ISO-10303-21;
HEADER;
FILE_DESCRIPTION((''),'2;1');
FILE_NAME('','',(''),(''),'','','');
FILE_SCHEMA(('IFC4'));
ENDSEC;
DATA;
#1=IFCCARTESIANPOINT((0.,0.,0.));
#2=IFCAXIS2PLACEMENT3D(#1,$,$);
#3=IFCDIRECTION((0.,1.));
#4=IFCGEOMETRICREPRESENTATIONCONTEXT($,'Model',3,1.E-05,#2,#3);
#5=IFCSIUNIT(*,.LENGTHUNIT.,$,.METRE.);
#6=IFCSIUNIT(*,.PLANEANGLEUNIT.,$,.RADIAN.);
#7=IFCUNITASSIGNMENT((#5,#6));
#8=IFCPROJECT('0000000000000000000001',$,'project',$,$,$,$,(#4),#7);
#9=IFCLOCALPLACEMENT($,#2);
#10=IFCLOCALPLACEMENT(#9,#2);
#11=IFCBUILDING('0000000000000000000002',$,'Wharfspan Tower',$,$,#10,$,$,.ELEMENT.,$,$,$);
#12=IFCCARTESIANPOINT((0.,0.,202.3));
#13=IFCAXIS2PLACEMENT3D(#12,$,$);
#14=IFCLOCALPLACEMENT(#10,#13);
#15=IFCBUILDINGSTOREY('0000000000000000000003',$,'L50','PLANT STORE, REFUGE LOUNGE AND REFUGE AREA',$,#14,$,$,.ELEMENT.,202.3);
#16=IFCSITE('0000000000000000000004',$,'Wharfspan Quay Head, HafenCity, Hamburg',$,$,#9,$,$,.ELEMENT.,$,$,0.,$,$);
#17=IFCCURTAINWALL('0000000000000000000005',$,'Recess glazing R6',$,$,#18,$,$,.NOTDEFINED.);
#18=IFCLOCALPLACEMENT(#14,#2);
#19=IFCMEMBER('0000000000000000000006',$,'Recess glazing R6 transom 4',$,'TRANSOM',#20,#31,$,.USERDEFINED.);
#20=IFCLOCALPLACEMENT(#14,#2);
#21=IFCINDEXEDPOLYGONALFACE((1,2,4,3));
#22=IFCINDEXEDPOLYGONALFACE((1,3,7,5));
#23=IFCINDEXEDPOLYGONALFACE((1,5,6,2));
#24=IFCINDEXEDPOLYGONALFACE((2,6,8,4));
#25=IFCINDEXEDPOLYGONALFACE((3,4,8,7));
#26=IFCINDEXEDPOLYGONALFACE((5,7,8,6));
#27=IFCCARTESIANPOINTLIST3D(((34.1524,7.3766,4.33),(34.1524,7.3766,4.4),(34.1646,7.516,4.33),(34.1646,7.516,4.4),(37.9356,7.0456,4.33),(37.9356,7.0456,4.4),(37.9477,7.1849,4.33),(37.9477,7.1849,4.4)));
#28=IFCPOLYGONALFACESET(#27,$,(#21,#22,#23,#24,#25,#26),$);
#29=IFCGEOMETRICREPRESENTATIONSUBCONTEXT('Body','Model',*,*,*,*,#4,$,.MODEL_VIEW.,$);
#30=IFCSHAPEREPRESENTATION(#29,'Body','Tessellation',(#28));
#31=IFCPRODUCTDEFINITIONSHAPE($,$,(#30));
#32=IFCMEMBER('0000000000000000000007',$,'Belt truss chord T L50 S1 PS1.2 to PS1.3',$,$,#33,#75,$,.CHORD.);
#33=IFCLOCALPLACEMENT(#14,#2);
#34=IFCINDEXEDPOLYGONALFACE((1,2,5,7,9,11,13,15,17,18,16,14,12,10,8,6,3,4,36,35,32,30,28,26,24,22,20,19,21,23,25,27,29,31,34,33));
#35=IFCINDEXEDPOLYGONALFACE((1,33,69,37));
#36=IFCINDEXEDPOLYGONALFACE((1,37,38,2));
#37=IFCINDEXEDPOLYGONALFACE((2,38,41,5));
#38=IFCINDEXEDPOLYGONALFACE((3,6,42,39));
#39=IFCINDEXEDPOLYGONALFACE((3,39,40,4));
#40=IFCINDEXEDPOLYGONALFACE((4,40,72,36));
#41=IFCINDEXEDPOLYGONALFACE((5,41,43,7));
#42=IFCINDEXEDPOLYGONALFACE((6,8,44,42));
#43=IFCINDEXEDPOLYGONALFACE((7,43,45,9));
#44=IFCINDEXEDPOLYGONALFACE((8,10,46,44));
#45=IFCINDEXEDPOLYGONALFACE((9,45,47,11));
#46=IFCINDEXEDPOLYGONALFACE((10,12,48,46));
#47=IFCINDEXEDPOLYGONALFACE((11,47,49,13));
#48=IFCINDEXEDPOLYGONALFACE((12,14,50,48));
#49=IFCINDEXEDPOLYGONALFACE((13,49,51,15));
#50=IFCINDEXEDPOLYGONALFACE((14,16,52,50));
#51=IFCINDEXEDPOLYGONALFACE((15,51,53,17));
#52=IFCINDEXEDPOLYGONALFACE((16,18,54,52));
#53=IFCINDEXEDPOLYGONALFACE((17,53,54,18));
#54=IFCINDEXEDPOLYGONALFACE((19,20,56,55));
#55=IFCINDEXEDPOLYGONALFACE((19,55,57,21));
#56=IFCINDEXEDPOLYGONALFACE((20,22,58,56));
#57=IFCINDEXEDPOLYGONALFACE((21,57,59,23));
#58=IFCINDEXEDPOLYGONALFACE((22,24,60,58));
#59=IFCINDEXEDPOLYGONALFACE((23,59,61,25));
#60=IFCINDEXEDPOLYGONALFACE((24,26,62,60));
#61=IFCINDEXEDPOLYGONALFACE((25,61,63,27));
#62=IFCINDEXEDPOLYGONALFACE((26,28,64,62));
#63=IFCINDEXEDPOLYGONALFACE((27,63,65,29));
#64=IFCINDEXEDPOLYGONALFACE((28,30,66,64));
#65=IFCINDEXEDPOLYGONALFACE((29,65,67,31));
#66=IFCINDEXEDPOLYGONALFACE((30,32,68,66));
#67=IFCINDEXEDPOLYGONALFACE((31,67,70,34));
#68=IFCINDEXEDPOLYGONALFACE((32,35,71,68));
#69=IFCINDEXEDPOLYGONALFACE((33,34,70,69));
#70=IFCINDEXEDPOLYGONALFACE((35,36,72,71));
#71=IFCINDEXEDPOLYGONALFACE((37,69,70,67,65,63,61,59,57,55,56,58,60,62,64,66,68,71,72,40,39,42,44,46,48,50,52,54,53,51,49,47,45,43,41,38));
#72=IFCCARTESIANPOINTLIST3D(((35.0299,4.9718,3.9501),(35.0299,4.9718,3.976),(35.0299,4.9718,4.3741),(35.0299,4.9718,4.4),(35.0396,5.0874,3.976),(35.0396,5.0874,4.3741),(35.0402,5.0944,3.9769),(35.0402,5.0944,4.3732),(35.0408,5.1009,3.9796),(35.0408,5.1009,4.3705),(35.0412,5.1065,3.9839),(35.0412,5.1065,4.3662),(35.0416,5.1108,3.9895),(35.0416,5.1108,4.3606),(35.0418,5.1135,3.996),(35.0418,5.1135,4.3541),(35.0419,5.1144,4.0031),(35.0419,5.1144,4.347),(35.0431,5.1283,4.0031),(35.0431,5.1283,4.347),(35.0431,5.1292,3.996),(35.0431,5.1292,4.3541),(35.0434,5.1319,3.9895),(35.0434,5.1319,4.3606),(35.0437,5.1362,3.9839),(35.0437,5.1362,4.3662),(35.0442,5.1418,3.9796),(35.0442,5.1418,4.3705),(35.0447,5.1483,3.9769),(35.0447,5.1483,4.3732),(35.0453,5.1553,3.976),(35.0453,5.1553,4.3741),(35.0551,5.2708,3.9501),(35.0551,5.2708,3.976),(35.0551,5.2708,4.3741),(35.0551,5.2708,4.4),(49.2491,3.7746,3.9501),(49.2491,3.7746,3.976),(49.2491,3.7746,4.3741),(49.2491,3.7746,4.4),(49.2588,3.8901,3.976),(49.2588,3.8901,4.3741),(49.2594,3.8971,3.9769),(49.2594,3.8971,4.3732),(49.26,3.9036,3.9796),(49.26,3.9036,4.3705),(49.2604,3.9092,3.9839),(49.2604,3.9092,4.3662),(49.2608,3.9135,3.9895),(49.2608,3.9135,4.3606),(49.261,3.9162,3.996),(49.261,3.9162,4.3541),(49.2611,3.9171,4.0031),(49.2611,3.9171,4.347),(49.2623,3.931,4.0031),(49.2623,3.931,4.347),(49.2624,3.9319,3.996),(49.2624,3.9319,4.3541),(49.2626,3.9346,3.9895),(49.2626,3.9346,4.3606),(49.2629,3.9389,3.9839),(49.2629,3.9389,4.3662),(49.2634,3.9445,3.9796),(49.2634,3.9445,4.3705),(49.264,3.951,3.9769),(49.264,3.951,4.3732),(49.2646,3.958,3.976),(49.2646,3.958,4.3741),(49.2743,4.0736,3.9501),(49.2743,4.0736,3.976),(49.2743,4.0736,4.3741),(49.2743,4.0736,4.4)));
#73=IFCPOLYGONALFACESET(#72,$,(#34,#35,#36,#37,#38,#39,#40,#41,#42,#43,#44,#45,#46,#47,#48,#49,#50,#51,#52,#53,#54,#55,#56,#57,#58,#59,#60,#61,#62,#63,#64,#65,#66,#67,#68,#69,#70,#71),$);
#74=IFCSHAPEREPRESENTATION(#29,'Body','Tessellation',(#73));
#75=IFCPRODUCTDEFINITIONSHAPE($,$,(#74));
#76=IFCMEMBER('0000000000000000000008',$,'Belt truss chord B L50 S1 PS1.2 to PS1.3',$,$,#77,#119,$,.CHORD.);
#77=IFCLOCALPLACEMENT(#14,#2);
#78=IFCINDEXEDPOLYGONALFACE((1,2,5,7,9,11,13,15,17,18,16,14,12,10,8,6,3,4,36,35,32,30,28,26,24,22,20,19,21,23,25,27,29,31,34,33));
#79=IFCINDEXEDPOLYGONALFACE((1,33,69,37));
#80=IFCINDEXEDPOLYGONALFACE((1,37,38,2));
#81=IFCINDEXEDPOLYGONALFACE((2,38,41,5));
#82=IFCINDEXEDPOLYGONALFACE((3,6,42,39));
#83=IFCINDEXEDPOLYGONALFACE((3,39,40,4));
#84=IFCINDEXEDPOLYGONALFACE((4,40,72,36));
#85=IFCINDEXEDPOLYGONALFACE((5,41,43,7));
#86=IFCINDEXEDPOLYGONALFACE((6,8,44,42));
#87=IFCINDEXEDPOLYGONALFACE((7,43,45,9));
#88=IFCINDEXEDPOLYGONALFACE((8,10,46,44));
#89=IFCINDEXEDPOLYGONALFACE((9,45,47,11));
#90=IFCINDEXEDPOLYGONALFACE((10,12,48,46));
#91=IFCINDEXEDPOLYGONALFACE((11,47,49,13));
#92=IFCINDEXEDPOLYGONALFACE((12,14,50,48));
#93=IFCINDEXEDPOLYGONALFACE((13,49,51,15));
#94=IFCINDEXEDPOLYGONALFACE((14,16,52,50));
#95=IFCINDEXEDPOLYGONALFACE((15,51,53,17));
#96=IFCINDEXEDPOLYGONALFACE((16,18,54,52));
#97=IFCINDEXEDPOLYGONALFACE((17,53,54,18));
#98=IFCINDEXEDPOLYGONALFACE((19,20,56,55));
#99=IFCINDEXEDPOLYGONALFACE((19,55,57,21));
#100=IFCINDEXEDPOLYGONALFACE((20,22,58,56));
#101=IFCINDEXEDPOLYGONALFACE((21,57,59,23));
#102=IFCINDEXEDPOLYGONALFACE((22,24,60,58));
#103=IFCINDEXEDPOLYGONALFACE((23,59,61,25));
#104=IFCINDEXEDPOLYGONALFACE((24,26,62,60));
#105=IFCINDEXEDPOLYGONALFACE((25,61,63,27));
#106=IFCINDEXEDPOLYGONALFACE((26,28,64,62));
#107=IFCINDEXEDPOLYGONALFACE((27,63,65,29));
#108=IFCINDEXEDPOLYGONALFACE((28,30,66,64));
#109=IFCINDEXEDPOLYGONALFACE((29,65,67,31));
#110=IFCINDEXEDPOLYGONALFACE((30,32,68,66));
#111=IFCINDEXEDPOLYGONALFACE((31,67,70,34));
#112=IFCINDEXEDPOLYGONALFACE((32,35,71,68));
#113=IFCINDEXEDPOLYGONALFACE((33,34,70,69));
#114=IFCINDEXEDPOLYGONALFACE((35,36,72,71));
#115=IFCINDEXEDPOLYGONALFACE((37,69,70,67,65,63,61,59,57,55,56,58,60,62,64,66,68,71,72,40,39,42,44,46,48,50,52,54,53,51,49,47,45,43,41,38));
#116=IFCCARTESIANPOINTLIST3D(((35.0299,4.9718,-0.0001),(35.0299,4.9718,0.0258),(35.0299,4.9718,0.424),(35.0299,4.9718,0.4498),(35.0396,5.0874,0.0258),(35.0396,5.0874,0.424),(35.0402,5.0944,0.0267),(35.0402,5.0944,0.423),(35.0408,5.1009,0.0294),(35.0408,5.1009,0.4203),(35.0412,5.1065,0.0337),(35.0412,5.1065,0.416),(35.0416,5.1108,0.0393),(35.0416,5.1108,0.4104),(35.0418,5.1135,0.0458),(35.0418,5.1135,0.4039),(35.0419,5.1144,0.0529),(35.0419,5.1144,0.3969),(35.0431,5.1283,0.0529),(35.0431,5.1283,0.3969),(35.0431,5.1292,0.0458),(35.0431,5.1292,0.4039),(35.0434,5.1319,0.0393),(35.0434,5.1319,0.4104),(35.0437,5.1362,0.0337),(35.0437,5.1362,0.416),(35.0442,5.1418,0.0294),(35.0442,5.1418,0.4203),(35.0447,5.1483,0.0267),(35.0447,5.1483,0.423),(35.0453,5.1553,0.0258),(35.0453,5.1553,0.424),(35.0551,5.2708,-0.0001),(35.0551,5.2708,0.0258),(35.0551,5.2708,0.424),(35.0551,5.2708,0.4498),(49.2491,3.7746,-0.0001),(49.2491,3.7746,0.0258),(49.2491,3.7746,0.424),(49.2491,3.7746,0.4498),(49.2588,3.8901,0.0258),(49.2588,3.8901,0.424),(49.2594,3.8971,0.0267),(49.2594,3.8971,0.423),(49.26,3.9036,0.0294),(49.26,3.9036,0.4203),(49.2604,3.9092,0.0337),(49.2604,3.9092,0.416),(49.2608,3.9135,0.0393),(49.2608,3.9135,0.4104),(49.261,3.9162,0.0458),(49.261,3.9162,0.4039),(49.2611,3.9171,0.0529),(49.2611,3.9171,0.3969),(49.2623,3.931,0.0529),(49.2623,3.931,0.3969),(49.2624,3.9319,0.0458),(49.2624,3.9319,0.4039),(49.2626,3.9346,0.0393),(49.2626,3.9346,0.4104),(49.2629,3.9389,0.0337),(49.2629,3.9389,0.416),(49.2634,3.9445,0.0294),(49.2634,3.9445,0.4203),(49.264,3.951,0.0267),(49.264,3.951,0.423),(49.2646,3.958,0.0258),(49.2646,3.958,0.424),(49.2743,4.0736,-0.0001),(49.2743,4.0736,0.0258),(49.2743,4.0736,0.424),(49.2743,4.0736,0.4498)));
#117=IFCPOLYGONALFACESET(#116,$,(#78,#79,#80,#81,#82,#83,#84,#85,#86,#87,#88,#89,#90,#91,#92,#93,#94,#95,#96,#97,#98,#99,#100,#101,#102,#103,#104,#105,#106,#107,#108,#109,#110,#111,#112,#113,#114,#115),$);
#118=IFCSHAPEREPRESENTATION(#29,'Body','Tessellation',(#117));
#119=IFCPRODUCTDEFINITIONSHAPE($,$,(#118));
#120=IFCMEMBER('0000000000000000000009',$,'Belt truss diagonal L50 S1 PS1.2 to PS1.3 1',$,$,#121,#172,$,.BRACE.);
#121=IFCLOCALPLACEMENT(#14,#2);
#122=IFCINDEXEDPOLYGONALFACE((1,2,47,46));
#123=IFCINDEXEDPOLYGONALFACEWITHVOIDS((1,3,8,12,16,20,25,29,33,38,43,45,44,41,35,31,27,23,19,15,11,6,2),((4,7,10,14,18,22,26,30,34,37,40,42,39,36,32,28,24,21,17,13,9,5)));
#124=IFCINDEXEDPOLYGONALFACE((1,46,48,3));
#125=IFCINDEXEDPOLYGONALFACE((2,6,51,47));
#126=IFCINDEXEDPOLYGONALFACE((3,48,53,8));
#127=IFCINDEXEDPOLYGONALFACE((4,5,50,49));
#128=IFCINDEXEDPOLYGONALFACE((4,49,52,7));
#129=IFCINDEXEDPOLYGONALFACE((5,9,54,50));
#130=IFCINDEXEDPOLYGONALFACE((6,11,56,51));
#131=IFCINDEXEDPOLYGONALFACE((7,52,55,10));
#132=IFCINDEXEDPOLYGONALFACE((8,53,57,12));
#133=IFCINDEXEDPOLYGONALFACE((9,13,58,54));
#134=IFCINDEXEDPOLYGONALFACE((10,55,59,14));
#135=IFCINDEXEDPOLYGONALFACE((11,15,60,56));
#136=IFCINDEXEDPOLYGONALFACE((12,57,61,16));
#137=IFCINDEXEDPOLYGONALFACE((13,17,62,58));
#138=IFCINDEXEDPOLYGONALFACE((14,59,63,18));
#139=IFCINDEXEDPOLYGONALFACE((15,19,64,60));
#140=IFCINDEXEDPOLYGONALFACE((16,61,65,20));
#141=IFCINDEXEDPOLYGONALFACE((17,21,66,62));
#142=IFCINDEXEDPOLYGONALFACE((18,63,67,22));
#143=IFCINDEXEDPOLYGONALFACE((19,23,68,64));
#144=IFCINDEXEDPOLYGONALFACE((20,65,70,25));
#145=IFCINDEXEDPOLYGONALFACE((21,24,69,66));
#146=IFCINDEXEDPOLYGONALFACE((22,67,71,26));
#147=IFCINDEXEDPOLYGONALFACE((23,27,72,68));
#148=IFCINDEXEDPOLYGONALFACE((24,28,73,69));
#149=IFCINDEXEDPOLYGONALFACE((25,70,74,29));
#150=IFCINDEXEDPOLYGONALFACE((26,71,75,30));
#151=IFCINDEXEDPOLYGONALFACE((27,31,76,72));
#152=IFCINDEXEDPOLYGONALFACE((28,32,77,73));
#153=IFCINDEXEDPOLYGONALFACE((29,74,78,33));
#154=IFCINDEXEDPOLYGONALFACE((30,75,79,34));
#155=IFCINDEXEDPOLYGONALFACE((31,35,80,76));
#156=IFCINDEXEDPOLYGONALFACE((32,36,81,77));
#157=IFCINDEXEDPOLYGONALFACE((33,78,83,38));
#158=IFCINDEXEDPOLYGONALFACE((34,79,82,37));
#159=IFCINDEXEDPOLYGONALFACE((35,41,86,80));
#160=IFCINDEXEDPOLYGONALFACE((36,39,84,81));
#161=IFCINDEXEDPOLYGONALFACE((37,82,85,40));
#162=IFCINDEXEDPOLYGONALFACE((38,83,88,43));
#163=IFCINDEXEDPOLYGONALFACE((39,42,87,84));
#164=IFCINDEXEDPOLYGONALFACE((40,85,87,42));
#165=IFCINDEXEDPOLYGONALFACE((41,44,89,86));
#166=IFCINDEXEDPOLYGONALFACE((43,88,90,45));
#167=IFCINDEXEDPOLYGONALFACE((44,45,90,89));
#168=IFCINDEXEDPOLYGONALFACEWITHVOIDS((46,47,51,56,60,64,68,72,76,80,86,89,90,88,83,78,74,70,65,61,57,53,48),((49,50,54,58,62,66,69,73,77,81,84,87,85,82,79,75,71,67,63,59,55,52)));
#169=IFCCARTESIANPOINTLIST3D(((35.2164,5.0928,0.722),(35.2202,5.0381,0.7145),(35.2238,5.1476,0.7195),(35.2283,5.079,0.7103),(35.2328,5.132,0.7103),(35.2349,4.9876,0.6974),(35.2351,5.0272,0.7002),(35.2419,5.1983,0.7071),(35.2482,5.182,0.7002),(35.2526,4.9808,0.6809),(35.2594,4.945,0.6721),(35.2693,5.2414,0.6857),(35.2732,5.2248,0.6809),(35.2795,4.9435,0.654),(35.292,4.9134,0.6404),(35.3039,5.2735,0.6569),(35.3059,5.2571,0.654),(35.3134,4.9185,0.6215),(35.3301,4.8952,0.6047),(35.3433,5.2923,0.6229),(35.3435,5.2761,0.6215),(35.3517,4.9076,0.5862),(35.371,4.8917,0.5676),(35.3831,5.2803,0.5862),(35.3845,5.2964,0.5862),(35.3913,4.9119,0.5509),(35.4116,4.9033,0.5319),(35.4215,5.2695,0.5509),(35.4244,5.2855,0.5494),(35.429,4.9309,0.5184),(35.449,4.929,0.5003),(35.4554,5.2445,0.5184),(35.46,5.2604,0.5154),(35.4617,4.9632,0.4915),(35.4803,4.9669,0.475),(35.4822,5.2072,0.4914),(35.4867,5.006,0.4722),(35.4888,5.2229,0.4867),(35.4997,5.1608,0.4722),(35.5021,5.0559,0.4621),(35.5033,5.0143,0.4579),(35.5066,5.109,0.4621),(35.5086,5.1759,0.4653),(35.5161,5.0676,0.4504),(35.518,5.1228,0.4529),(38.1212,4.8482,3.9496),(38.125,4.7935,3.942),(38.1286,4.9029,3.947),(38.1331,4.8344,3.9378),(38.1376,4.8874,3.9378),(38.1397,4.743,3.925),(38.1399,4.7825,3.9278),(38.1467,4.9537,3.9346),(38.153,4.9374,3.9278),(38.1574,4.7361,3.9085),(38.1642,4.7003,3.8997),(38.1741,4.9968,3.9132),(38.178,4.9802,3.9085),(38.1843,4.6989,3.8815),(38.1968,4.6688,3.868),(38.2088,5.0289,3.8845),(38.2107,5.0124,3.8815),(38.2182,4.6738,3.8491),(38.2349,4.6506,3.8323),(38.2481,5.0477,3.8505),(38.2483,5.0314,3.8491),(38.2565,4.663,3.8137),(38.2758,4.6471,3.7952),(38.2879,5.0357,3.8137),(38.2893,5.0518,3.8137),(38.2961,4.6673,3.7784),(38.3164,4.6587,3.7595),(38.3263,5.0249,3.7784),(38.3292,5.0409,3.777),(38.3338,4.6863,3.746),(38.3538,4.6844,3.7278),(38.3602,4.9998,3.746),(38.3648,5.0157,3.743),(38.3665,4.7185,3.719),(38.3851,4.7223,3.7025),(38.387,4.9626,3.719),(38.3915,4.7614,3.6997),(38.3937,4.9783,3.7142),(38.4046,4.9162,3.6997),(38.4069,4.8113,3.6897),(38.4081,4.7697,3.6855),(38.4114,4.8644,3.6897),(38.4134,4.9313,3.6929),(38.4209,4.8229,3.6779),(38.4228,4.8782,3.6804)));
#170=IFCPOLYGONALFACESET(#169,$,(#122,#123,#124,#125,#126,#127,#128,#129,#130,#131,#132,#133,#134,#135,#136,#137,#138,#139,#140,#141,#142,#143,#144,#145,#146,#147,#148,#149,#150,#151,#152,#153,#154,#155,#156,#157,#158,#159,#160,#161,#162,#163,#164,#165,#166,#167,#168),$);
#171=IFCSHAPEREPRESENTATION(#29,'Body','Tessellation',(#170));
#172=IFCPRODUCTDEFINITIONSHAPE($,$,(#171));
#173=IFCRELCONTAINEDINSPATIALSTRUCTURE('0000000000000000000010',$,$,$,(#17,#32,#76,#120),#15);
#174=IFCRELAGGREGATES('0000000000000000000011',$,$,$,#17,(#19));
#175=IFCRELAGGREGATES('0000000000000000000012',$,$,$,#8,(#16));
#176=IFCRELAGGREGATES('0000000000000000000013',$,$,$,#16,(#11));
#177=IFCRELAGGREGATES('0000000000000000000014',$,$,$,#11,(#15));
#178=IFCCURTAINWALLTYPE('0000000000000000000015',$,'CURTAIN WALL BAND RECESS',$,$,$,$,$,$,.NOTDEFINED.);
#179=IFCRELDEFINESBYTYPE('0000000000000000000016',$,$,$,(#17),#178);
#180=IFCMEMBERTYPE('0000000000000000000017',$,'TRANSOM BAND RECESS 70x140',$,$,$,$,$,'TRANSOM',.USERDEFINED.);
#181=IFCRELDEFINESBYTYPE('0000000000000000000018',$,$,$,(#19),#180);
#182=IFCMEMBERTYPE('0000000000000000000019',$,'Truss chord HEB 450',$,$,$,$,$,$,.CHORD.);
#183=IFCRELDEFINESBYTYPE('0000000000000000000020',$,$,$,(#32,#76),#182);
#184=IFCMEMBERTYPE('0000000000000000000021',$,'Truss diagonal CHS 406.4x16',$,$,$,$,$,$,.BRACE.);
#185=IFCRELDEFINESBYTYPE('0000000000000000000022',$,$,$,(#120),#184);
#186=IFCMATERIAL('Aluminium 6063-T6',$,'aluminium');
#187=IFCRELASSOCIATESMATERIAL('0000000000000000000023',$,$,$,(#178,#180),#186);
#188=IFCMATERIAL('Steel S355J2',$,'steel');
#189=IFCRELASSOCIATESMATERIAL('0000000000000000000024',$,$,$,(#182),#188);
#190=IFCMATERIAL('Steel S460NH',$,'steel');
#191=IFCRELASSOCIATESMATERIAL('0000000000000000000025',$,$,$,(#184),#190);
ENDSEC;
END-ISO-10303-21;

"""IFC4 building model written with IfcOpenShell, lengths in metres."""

from ifc_helpers import new_model, si_unit, direction, frame, origin, origin_2d, place, context, subcontext, project, spatial, rectangle, hollow_circle, i_section, extrude, material, material_profile, profile_set, type_object, element, aggregate, save


model = new_model("IFC4")

# Units and contexts
model_context = context("Model", 3, precision=1e-05, world=origin(), true_north=direction((0.0, 1.0)))
body_context = subcontext(model_context, "Body", "Model", "MODEL_VIEW")
ifc_project = project(units=[si_unit("LENGTHUNIT", "METRE"), si_unit("PLANEANGLEUNIT", "RADIAN")], contexts=[model_context])

# Site, building, storey
site_placement = place(None, origin())
site = spatial("IfcSite", under=ifc_project, at=site_placement, Name="Wharfspan Quay Head, HafenCity, Hamburg", CompositionType="ELEMENT", RefElevation=0.0)
building_placement = place(site_placement, origin())
building = spatial("IfcBuilding", under=site, at=building_placement, Name="Wharfspan Tower", CompositionType="ELEMENT")
storey_placement = place(building_placement, frame((0.0, 0.0, 202.3)))
storey = spatial("IfcBuildingStorey", under=building, at=storey_placement, Name="L50", Description="PLANT STORE, REFUGE LOUNGE AND REFUGE AREA", CompositionType="ELEMENT", Elevation=202.3)

# Shared definitions
ifc_material_1 = material(Name="Steel S355J2", Category="steel")

# Curtain wall
ifc_material_2 = material(Name="Aluminium 6063-T6", Category="aluminium")
curtain_wall_type = type_object("IfcCurtainWallType", Name="CURTAIN WALL BAND RECESS", PredefinedType="NOTDEFINED", material=ifc_material_2)
curtain_wall_placement = place(storey_placement, origin())
curtain_wall = element("IfcCurtainWall", 1, at=curtain_wall_placement, inside=storey, type_object=curtain_wall_type, Name="Recess glazing R6", PredefinedType="NOTDEFINED")

# Member
ifc_material_3 = material(Name="Steel S460NH", Category="steel")
ifc_material_profile_1 = material_profile(ifc_material_2, rectangle(XDim=0.1399, YDim=0.0701, at=origin_2d()))
ifc_profile_set_1 = profile_set([ifc_material_profile_1], Name="Aluminium 6063-T6")
member_type_1 = type_object("IfcMemberType", Name="TRANSOM BAND RECESS 70x140", ElementType="TRANSOM", PredefinedType="USERDEFINED", material=ifc_profile_set_1)
member_1_placement = place(storey_placement, frame((37.9417, 7.1152, 4.365), z_axis=(-0.996193, 0.087173, 0.0), x_axis=(-0.087173, -0.996193, 0.0)))
member_1 = element("IfcMember", 2, at=member_1_placement, type_object=member_type_1, Name="Recess glazing R6 transom 4", ObjectType="TRANSOM", PredefinedType="USERDEFINED", context=body_context, shape_type="SweptSolid", body=[
    extrude(rectangle(XDim=0.1399, YDim=0.0701, at=origin_2d()), origin(), (0.0, 0.0, 1.0), 3.7976),
])

# Members
ifc_material_profile_2 = material_profile(ifc_material_1, i_section(OverallWidth=0.3, OverallDepth=0.45, WebThickness=0.0139, FlangeThickness=0.0259, FilletRadius=0.0271, at=origin_2d()))
ifc_profile_set_2 = profile_set([ifc_material_profile_2], Name="Steel S355J2")
member_type_2 = type_object("IfcMemberType", Name="Truss chord HEB 450", PredefinedType="CHORD", material=ifc_profile_set_2)
for number, where, z_axis, x_axis, name in (
    (3, (35.0425, 5.1213, 4.175), (0.996474, -0.083904, 0.0), (0.083904, 0.996474, 0.0), "Belt truss chord T L50 S1 PS1.2 to PS1.3"),
    (4, (35.0425, 5.1213, 0.2249), (0.996474, -0.083904, 0.0), (0.083904, 0.996474, 0.0), "Belt truss chord B L50 S1 PS1.2 to PS1.3"),
):
    element("IfcMember", number, at=place(storey_placement, frame(where, z_axis=z_axis, x_axis=x_axis)), inside=storey, type_object=member_type_2, Name=name, PredefinedType="CHORD", context=body_context, shape_type="SweptSolid", body=[
        extrude(i_section(OverallWidth=0.3, OverallDepth=0.45, WebThickness=0.0139, FlangeThickness=0.0259, FilletRadius=0.0271, at=origin_2d()), origin(), (0.0, 0.0, 1.0), 14.2695),
    ])
ifc_material_profile_3 = material_profile(ifc_material_3, hollow_circle(Radius=0.2031, WallThickness=0.0161, at=origin_2d()))
ifc_profile_set_3 = profile_set([ifc_material_profile_3], Name="Steel S460NH")
member_type_3 = type_object("IfcMemberType", Name="Truss diagonal CHS 406.4x16", PredefinedType="BRACE", material=ifc_profile_set_3)
for number, where, z_axis, x_axis, name in (
    (5, (35.3674, 5.094, 0.5862), (0.667906, -0.056248, 0.742117), (0.083922, 0.996476, -0.000003), "Belt truss diagonal L50 S1 PS1.2 to PS1.3 1"),
):
    element("IfcMember", number, at=place(storey_placement, frame(where, z_axis=z_axis, x_axis=x_axis)), inside=storey, type_object=member_type_3, Name=name, PredefinedType="BRACE", context=body_context, shape_type="SweptSolid", body=[
        extrude(hollow_circle(Radius=0.2031, WallThickness=0.0161, at=origin_2d()), origin(), (0.0, 0.0, 1.0), 4.3491),
    ])

aggregate(curtain_wall, [member_1])

save(model, "model.ifc")
